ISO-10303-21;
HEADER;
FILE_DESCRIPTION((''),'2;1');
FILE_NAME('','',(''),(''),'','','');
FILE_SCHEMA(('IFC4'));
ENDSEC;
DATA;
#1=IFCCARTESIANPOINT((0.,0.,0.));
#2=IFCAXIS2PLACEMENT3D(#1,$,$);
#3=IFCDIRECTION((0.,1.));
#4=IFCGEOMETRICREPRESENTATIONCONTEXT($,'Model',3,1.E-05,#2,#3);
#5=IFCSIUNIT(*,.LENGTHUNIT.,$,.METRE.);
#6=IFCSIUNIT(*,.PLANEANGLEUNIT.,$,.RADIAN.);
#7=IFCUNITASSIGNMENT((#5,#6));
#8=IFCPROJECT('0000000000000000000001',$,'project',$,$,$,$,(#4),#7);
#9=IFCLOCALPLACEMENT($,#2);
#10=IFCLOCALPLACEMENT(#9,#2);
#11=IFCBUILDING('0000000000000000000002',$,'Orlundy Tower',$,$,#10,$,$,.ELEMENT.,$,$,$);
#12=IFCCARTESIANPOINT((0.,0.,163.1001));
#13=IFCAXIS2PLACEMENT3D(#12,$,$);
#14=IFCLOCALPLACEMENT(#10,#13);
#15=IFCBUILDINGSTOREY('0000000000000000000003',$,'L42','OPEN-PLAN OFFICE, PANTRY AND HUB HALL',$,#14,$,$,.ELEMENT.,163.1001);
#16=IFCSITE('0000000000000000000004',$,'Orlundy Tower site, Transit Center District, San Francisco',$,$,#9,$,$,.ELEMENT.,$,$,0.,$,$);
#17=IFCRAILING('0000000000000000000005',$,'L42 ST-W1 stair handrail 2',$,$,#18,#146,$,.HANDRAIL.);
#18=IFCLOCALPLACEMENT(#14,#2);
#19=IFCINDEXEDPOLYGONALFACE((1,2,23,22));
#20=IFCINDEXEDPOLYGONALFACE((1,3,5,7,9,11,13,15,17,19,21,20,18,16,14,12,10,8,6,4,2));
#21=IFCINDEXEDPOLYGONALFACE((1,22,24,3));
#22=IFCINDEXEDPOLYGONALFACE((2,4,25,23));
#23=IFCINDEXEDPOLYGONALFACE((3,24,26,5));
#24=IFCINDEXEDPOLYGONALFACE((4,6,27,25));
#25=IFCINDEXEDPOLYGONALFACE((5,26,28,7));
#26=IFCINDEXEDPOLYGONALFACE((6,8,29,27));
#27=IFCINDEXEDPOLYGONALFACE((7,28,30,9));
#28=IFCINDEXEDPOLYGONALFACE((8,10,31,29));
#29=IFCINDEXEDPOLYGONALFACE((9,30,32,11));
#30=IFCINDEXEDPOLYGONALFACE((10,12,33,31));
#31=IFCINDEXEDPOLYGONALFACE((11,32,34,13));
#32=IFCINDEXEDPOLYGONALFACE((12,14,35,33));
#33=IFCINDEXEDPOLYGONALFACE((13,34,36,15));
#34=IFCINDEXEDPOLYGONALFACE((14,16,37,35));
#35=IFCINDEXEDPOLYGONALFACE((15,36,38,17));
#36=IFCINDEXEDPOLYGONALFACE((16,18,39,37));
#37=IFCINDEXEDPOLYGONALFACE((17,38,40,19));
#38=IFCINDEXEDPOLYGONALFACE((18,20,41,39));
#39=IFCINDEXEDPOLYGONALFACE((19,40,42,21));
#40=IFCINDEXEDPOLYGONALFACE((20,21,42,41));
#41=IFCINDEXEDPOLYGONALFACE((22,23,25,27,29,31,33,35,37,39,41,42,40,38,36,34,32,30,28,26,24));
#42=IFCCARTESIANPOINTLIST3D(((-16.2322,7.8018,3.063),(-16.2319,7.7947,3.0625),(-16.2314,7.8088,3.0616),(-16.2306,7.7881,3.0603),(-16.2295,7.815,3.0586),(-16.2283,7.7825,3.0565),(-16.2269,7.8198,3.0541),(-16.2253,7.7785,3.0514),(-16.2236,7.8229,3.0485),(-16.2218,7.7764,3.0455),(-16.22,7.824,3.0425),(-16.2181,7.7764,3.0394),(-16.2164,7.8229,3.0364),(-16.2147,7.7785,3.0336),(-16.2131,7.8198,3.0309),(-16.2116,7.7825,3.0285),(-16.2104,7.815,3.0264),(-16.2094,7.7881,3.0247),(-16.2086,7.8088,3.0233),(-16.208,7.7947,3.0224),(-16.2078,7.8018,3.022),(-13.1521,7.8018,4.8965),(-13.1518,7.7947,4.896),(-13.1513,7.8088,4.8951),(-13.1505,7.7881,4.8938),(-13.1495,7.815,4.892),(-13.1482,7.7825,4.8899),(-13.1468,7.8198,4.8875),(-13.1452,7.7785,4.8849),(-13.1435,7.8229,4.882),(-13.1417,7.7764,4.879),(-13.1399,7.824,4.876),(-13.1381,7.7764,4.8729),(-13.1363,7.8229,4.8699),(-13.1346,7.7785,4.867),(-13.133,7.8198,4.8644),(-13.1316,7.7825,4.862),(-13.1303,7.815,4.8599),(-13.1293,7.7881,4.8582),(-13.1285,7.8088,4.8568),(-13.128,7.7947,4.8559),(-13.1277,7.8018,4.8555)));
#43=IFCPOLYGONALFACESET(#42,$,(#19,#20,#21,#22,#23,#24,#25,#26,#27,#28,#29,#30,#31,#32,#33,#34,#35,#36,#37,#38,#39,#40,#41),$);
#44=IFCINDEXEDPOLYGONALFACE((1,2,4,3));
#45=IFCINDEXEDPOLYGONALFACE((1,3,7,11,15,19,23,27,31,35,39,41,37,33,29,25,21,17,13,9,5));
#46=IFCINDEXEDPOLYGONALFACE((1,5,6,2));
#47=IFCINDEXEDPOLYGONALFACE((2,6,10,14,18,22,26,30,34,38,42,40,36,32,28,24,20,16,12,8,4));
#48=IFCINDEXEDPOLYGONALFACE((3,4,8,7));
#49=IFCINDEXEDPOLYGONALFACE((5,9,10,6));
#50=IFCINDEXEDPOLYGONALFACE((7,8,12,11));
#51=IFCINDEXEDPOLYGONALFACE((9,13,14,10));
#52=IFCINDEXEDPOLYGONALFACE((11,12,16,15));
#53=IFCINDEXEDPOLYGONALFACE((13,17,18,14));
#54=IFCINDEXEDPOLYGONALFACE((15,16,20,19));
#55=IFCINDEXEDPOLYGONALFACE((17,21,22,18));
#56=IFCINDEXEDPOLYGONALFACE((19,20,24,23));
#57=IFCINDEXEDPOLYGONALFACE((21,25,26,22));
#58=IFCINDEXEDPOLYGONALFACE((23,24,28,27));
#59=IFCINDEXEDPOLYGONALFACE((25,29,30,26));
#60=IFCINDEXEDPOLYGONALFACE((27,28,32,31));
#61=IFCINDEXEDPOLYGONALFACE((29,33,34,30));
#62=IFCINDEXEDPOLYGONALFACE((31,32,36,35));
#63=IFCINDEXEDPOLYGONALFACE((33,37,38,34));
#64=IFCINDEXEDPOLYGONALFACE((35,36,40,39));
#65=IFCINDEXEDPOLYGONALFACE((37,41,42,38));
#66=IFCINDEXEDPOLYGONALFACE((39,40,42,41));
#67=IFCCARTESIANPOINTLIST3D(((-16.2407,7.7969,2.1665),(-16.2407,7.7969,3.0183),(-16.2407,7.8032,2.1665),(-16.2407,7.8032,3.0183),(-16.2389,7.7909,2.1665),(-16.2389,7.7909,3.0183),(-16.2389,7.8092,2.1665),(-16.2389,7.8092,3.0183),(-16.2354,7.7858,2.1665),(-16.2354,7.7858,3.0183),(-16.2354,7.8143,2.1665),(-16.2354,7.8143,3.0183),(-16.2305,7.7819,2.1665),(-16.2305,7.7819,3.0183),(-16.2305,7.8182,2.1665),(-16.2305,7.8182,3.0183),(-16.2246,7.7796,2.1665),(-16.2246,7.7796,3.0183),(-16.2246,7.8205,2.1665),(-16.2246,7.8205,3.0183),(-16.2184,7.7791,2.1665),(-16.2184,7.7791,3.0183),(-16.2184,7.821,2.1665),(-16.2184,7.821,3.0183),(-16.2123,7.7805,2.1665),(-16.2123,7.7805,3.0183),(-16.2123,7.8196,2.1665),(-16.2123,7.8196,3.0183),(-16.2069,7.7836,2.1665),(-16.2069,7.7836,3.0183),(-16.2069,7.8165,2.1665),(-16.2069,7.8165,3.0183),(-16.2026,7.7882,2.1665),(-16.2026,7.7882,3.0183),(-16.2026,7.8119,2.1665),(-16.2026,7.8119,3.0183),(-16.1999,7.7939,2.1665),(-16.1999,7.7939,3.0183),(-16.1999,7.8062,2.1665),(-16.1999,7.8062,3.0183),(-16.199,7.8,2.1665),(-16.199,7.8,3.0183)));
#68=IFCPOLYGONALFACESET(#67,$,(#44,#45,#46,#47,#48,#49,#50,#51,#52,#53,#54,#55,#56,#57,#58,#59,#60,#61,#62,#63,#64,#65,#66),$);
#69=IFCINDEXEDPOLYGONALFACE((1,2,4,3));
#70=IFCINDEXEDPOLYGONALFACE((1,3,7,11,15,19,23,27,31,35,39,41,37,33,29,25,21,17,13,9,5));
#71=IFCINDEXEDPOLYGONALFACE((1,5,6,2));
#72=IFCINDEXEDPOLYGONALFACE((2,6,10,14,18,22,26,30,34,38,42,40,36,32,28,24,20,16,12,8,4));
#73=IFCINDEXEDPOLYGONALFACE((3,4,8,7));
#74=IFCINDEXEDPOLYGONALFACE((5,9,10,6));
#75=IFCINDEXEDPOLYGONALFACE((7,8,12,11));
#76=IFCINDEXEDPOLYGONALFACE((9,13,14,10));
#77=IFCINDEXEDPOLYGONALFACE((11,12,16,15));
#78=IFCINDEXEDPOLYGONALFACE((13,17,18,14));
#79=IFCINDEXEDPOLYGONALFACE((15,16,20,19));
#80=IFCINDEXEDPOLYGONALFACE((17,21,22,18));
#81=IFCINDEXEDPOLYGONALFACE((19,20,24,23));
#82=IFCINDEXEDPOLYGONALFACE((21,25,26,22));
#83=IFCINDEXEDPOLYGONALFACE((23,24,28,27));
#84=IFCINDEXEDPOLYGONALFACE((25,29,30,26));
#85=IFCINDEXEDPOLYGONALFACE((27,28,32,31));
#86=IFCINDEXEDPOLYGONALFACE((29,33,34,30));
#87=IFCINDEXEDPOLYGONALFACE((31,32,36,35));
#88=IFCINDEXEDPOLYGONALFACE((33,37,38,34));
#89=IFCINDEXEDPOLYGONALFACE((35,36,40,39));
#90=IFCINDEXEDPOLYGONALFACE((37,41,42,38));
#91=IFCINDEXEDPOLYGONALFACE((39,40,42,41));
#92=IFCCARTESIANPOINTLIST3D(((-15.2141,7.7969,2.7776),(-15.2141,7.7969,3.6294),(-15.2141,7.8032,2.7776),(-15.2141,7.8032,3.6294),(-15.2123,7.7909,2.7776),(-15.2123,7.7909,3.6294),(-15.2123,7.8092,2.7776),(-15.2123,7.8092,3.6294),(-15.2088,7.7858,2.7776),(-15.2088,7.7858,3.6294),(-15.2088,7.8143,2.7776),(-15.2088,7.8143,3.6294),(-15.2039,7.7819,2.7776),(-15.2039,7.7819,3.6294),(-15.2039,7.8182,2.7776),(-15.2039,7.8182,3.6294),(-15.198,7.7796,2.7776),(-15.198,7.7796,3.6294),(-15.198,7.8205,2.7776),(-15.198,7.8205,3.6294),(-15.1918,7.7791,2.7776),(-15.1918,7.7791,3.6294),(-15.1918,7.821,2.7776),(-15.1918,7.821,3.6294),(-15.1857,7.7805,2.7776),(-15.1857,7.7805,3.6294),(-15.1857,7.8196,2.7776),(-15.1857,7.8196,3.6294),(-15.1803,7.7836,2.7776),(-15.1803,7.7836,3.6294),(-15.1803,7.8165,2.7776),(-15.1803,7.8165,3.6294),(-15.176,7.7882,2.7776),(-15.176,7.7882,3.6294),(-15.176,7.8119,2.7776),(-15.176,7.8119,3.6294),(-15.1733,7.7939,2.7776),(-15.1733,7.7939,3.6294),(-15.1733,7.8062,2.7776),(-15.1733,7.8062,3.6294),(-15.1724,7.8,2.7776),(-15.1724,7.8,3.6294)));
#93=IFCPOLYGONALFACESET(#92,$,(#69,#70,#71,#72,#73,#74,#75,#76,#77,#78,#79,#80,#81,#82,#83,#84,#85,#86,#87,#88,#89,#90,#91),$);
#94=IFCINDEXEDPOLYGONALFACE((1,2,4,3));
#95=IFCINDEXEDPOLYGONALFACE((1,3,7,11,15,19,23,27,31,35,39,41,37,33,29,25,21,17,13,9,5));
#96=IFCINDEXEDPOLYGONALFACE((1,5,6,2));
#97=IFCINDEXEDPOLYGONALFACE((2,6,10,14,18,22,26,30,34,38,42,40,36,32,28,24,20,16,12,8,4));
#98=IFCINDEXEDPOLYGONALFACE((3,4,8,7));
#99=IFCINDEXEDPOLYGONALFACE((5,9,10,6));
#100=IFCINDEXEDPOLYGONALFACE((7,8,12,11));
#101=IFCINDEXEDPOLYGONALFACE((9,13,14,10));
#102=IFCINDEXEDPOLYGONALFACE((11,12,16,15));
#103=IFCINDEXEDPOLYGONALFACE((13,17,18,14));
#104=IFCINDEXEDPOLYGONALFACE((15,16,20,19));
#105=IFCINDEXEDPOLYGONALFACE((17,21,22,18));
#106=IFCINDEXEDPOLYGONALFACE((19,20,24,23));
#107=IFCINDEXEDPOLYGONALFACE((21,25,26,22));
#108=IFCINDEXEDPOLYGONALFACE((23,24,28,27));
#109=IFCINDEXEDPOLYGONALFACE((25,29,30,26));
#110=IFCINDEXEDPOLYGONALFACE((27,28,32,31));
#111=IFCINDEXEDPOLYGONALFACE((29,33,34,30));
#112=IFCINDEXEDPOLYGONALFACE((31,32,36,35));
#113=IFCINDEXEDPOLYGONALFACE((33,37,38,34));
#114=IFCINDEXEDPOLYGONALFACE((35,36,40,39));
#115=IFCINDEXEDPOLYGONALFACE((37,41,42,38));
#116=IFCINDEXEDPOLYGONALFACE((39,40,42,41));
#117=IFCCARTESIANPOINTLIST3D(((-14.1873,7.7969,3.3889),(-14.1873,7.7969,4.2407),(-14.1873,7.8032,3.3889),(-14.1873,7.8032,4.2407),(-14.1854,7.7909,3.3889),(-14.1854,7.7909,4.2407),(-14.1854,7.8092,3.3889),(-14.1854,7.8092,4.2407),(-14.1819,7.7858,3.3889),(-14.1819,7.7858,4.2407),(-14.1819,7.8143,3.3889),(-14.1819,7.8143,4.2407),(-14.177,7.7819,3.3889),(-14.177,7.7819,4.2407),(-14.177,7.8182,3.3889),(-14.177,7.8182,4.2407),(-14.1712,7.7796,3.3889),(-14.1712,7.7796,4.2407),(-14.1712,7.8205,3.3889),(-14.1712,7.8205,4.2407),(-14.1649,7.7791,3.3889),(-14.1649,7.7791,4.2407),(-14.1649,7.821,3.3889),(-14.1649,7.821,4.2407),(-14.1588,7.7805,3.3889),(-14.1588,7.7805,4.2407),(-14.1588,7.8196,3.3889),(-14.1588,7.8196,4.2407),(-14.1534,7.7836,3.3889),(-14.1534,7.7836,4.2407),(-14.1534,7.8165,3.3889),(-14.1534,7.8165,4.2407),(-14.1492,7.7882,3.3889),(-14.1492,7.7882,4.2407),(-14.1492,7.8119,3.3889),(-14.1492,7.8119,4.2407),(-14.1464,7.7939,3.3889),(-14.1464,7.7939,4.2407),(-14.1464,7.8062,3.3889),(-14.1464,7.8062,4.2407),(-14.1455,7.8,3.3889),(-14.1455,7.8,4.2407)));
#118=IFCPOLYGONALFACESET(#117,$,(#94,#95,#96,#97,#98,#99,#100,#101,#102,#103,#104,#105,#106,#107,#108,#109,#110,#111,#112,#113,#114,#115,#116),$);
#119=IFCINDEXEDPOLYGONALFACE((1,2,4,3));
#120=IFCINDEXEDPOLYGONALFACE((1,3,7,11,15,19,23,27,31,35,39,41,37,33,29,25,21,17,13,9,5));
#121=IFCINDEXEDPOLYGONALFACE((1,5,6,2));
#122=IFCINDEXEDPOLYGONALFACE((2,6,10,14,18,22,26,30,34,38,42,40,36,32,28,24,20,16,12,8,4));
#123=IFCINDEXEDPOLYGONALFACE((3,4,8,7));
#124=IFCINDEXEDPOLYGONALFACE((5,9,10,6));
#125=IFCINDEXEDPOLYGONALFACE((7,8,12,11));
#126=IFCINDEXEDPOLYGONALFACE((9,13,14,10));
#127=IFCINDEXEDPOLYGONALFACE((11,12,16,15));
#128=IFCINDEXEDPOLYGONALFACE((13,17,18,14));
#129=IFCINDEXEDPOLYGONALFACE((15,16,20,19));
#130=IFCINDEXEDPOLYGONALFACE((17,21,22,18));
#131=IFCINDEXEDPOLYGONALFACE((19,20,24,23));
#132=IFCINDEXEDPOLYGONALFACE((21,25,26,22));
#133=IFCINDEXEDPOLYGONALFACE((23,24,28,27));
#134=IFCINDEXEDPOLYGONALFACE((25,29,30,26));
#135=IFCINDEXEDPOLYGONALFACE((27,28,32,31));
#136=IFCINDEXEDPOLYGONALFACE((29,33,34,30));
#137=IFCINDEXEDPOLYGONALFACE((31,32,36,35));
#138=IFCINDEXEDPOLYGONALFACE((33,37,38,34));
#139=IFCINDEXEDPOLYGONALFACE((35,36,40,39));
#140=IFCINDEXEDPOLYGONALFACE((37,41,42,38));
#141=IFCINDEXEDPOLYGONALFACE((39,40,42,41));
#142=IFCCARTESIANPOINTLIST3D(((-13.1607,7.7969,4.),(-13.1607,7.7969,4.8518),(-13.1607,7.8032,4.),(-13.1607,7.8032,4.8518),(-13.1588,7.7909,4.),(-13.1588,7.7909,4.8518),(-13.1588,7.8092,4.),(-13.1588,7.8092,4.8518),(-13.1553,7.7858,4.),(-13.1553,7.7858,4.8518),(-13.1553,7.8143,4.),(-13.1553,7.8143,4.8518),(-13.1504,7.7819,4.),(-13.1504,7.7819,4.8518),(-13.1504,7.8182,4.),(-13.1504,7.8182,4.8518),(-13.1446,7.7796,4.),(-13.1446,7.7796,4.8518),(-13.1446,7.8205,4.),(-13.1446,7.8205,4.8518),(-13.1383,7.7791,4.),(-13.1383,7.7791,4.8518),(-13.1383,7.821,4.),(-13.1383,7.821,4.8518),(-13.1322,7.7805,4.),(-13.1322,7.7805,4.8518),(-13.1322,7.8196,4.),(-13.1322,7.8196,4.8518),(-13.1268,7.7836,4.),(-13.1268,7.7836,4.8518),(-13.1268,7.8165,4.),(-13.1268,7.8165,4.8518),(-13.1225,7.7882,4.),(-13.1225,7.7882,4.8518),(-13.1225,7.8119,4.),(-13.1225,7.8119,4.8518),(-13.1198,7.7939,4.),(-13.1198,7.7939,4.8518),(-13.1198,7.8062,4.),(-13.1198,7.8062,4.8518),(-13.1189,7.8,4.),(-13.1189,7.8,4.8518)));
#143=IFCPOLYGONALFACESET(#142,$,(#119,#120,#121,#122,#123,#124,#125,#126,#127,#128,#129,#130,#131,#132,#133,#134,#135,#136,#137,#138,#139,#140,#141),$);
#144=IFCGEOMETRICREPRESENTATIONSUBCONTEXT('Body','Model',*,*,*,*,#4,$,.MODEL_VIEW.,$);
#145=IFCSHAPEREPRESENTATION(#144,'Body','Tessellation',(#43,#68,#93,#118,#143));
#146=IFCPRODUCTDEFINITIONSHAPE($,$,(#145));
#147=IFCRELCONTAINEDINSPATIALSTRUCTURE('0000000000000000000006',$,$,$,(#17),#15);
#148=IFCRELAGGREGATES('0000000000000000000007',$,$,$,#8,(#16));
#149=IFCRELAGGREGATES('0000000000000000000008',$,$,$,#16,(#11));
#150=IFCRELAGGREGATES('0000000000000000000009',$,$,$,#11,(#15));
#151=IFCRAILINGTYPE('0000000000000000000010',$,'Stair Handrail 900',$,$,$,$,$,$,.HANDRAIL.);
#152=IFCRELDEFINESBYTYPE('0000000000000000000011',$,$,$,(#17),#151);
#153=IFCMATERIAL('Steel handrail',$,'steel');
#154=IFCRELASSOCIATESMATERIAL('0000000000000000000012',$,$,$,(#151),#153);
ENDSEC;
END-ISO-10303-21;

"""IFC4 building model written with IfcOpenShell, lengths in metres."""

from ifc_helpers import new_model, si_unit, direction, frame, origin, origin_2d, place, context, subcontext, project, spatial, circle, extrude, material, type_object, element, save


model = new_model("IFC4")

# Units and contexts
model_context = context("Model", 3, precision=1e-05, world=origin(), true_north=direction((0.0, 1.0)))
body_context = subcontext(model_context, "Body", "Model", "MODEL_VIEW")
ifc_project = project(units=[si_unit("LENGTHUNIT", "METRE"), si_unit("PLANEANGLEUNIT", "RADIAN")], contexts=[model_context])

# Site, building, storey
site_placement = place(None, origin())
site = spatial("IfcSite", under=ifc_project, at=site_placement, Name="Orlundy Tower site, Transit Center District, San Francisco", CompositionType="ELEMENT", RefElevation=0.0)
building_placement = place(site_placement, origin())
building = spatial("IfcBuilding", under=site, at=building_placement, Name="Orlundy Tower", CompositionType="ELEMENT")
storey_placement = place(building_placement, frame((0.0, 0.0, 163.1001)))
storey = spatial("IfcBuildingStorey", under=building, at=storey_placement, Name="L42", Description="OPEN-PLAN OFFICE, PANTRY AND HUB HALL", CompositionType="ELEMENT", Elevation=163.1001)

# Railing
ifc_material_1 = material(Name="Steel handrail", Category="steel")
railing_type_1 = type_object("IfcRailingType", Name="Stair Handrail 900", PredefinedType="HANDRAIL", material=ifc_material_1)
railing_1_placement = place(storey_placement, frame((-16.22, 7.8, 2.1665)))
element("IfcRailing", 1, at=railing_1_placement, inside=storey, type_object=railing_type_1, Name="L42 ST-W1 stair handrail 2", PredefinedType="HANDRAIL", context=body_context, shape_type="SweptSolid", body=[
    extrude(circle(Radius=0.0239, at=origin_2d()), frame((0.0, 0.0, 0.876), z_axis=(0.859279, 0.0, 0.511508), x_axis=(0.0, 1.0, 0.0)), (0.0, 0.0, 1.0), 3.5845),
    extrude(circle(Radius=0.021, at=origin_2d()), origin(), (0.0, 0.0, 1.0), 0.8518),
    extrude(circle(Radius=0.021, at=origin_2d()), frame((1.0266, 0.0, 0.6111)), (0.0, 0.0, 1.0), 0.8518),
    extrude(circle(Radius=0.021, at=origin_2d()), frame((2.0535, 0.0, 1.2224)), (0.0, 0.0, 1.0), 0.8518),
    extrude(circle(Radius=0.021, at=origin_2d()), frame((3.0801, 0.0, 1.8335)), (0.0, 0.0, 1.0), 0.8518),
])

save(model, "model.ifc")
